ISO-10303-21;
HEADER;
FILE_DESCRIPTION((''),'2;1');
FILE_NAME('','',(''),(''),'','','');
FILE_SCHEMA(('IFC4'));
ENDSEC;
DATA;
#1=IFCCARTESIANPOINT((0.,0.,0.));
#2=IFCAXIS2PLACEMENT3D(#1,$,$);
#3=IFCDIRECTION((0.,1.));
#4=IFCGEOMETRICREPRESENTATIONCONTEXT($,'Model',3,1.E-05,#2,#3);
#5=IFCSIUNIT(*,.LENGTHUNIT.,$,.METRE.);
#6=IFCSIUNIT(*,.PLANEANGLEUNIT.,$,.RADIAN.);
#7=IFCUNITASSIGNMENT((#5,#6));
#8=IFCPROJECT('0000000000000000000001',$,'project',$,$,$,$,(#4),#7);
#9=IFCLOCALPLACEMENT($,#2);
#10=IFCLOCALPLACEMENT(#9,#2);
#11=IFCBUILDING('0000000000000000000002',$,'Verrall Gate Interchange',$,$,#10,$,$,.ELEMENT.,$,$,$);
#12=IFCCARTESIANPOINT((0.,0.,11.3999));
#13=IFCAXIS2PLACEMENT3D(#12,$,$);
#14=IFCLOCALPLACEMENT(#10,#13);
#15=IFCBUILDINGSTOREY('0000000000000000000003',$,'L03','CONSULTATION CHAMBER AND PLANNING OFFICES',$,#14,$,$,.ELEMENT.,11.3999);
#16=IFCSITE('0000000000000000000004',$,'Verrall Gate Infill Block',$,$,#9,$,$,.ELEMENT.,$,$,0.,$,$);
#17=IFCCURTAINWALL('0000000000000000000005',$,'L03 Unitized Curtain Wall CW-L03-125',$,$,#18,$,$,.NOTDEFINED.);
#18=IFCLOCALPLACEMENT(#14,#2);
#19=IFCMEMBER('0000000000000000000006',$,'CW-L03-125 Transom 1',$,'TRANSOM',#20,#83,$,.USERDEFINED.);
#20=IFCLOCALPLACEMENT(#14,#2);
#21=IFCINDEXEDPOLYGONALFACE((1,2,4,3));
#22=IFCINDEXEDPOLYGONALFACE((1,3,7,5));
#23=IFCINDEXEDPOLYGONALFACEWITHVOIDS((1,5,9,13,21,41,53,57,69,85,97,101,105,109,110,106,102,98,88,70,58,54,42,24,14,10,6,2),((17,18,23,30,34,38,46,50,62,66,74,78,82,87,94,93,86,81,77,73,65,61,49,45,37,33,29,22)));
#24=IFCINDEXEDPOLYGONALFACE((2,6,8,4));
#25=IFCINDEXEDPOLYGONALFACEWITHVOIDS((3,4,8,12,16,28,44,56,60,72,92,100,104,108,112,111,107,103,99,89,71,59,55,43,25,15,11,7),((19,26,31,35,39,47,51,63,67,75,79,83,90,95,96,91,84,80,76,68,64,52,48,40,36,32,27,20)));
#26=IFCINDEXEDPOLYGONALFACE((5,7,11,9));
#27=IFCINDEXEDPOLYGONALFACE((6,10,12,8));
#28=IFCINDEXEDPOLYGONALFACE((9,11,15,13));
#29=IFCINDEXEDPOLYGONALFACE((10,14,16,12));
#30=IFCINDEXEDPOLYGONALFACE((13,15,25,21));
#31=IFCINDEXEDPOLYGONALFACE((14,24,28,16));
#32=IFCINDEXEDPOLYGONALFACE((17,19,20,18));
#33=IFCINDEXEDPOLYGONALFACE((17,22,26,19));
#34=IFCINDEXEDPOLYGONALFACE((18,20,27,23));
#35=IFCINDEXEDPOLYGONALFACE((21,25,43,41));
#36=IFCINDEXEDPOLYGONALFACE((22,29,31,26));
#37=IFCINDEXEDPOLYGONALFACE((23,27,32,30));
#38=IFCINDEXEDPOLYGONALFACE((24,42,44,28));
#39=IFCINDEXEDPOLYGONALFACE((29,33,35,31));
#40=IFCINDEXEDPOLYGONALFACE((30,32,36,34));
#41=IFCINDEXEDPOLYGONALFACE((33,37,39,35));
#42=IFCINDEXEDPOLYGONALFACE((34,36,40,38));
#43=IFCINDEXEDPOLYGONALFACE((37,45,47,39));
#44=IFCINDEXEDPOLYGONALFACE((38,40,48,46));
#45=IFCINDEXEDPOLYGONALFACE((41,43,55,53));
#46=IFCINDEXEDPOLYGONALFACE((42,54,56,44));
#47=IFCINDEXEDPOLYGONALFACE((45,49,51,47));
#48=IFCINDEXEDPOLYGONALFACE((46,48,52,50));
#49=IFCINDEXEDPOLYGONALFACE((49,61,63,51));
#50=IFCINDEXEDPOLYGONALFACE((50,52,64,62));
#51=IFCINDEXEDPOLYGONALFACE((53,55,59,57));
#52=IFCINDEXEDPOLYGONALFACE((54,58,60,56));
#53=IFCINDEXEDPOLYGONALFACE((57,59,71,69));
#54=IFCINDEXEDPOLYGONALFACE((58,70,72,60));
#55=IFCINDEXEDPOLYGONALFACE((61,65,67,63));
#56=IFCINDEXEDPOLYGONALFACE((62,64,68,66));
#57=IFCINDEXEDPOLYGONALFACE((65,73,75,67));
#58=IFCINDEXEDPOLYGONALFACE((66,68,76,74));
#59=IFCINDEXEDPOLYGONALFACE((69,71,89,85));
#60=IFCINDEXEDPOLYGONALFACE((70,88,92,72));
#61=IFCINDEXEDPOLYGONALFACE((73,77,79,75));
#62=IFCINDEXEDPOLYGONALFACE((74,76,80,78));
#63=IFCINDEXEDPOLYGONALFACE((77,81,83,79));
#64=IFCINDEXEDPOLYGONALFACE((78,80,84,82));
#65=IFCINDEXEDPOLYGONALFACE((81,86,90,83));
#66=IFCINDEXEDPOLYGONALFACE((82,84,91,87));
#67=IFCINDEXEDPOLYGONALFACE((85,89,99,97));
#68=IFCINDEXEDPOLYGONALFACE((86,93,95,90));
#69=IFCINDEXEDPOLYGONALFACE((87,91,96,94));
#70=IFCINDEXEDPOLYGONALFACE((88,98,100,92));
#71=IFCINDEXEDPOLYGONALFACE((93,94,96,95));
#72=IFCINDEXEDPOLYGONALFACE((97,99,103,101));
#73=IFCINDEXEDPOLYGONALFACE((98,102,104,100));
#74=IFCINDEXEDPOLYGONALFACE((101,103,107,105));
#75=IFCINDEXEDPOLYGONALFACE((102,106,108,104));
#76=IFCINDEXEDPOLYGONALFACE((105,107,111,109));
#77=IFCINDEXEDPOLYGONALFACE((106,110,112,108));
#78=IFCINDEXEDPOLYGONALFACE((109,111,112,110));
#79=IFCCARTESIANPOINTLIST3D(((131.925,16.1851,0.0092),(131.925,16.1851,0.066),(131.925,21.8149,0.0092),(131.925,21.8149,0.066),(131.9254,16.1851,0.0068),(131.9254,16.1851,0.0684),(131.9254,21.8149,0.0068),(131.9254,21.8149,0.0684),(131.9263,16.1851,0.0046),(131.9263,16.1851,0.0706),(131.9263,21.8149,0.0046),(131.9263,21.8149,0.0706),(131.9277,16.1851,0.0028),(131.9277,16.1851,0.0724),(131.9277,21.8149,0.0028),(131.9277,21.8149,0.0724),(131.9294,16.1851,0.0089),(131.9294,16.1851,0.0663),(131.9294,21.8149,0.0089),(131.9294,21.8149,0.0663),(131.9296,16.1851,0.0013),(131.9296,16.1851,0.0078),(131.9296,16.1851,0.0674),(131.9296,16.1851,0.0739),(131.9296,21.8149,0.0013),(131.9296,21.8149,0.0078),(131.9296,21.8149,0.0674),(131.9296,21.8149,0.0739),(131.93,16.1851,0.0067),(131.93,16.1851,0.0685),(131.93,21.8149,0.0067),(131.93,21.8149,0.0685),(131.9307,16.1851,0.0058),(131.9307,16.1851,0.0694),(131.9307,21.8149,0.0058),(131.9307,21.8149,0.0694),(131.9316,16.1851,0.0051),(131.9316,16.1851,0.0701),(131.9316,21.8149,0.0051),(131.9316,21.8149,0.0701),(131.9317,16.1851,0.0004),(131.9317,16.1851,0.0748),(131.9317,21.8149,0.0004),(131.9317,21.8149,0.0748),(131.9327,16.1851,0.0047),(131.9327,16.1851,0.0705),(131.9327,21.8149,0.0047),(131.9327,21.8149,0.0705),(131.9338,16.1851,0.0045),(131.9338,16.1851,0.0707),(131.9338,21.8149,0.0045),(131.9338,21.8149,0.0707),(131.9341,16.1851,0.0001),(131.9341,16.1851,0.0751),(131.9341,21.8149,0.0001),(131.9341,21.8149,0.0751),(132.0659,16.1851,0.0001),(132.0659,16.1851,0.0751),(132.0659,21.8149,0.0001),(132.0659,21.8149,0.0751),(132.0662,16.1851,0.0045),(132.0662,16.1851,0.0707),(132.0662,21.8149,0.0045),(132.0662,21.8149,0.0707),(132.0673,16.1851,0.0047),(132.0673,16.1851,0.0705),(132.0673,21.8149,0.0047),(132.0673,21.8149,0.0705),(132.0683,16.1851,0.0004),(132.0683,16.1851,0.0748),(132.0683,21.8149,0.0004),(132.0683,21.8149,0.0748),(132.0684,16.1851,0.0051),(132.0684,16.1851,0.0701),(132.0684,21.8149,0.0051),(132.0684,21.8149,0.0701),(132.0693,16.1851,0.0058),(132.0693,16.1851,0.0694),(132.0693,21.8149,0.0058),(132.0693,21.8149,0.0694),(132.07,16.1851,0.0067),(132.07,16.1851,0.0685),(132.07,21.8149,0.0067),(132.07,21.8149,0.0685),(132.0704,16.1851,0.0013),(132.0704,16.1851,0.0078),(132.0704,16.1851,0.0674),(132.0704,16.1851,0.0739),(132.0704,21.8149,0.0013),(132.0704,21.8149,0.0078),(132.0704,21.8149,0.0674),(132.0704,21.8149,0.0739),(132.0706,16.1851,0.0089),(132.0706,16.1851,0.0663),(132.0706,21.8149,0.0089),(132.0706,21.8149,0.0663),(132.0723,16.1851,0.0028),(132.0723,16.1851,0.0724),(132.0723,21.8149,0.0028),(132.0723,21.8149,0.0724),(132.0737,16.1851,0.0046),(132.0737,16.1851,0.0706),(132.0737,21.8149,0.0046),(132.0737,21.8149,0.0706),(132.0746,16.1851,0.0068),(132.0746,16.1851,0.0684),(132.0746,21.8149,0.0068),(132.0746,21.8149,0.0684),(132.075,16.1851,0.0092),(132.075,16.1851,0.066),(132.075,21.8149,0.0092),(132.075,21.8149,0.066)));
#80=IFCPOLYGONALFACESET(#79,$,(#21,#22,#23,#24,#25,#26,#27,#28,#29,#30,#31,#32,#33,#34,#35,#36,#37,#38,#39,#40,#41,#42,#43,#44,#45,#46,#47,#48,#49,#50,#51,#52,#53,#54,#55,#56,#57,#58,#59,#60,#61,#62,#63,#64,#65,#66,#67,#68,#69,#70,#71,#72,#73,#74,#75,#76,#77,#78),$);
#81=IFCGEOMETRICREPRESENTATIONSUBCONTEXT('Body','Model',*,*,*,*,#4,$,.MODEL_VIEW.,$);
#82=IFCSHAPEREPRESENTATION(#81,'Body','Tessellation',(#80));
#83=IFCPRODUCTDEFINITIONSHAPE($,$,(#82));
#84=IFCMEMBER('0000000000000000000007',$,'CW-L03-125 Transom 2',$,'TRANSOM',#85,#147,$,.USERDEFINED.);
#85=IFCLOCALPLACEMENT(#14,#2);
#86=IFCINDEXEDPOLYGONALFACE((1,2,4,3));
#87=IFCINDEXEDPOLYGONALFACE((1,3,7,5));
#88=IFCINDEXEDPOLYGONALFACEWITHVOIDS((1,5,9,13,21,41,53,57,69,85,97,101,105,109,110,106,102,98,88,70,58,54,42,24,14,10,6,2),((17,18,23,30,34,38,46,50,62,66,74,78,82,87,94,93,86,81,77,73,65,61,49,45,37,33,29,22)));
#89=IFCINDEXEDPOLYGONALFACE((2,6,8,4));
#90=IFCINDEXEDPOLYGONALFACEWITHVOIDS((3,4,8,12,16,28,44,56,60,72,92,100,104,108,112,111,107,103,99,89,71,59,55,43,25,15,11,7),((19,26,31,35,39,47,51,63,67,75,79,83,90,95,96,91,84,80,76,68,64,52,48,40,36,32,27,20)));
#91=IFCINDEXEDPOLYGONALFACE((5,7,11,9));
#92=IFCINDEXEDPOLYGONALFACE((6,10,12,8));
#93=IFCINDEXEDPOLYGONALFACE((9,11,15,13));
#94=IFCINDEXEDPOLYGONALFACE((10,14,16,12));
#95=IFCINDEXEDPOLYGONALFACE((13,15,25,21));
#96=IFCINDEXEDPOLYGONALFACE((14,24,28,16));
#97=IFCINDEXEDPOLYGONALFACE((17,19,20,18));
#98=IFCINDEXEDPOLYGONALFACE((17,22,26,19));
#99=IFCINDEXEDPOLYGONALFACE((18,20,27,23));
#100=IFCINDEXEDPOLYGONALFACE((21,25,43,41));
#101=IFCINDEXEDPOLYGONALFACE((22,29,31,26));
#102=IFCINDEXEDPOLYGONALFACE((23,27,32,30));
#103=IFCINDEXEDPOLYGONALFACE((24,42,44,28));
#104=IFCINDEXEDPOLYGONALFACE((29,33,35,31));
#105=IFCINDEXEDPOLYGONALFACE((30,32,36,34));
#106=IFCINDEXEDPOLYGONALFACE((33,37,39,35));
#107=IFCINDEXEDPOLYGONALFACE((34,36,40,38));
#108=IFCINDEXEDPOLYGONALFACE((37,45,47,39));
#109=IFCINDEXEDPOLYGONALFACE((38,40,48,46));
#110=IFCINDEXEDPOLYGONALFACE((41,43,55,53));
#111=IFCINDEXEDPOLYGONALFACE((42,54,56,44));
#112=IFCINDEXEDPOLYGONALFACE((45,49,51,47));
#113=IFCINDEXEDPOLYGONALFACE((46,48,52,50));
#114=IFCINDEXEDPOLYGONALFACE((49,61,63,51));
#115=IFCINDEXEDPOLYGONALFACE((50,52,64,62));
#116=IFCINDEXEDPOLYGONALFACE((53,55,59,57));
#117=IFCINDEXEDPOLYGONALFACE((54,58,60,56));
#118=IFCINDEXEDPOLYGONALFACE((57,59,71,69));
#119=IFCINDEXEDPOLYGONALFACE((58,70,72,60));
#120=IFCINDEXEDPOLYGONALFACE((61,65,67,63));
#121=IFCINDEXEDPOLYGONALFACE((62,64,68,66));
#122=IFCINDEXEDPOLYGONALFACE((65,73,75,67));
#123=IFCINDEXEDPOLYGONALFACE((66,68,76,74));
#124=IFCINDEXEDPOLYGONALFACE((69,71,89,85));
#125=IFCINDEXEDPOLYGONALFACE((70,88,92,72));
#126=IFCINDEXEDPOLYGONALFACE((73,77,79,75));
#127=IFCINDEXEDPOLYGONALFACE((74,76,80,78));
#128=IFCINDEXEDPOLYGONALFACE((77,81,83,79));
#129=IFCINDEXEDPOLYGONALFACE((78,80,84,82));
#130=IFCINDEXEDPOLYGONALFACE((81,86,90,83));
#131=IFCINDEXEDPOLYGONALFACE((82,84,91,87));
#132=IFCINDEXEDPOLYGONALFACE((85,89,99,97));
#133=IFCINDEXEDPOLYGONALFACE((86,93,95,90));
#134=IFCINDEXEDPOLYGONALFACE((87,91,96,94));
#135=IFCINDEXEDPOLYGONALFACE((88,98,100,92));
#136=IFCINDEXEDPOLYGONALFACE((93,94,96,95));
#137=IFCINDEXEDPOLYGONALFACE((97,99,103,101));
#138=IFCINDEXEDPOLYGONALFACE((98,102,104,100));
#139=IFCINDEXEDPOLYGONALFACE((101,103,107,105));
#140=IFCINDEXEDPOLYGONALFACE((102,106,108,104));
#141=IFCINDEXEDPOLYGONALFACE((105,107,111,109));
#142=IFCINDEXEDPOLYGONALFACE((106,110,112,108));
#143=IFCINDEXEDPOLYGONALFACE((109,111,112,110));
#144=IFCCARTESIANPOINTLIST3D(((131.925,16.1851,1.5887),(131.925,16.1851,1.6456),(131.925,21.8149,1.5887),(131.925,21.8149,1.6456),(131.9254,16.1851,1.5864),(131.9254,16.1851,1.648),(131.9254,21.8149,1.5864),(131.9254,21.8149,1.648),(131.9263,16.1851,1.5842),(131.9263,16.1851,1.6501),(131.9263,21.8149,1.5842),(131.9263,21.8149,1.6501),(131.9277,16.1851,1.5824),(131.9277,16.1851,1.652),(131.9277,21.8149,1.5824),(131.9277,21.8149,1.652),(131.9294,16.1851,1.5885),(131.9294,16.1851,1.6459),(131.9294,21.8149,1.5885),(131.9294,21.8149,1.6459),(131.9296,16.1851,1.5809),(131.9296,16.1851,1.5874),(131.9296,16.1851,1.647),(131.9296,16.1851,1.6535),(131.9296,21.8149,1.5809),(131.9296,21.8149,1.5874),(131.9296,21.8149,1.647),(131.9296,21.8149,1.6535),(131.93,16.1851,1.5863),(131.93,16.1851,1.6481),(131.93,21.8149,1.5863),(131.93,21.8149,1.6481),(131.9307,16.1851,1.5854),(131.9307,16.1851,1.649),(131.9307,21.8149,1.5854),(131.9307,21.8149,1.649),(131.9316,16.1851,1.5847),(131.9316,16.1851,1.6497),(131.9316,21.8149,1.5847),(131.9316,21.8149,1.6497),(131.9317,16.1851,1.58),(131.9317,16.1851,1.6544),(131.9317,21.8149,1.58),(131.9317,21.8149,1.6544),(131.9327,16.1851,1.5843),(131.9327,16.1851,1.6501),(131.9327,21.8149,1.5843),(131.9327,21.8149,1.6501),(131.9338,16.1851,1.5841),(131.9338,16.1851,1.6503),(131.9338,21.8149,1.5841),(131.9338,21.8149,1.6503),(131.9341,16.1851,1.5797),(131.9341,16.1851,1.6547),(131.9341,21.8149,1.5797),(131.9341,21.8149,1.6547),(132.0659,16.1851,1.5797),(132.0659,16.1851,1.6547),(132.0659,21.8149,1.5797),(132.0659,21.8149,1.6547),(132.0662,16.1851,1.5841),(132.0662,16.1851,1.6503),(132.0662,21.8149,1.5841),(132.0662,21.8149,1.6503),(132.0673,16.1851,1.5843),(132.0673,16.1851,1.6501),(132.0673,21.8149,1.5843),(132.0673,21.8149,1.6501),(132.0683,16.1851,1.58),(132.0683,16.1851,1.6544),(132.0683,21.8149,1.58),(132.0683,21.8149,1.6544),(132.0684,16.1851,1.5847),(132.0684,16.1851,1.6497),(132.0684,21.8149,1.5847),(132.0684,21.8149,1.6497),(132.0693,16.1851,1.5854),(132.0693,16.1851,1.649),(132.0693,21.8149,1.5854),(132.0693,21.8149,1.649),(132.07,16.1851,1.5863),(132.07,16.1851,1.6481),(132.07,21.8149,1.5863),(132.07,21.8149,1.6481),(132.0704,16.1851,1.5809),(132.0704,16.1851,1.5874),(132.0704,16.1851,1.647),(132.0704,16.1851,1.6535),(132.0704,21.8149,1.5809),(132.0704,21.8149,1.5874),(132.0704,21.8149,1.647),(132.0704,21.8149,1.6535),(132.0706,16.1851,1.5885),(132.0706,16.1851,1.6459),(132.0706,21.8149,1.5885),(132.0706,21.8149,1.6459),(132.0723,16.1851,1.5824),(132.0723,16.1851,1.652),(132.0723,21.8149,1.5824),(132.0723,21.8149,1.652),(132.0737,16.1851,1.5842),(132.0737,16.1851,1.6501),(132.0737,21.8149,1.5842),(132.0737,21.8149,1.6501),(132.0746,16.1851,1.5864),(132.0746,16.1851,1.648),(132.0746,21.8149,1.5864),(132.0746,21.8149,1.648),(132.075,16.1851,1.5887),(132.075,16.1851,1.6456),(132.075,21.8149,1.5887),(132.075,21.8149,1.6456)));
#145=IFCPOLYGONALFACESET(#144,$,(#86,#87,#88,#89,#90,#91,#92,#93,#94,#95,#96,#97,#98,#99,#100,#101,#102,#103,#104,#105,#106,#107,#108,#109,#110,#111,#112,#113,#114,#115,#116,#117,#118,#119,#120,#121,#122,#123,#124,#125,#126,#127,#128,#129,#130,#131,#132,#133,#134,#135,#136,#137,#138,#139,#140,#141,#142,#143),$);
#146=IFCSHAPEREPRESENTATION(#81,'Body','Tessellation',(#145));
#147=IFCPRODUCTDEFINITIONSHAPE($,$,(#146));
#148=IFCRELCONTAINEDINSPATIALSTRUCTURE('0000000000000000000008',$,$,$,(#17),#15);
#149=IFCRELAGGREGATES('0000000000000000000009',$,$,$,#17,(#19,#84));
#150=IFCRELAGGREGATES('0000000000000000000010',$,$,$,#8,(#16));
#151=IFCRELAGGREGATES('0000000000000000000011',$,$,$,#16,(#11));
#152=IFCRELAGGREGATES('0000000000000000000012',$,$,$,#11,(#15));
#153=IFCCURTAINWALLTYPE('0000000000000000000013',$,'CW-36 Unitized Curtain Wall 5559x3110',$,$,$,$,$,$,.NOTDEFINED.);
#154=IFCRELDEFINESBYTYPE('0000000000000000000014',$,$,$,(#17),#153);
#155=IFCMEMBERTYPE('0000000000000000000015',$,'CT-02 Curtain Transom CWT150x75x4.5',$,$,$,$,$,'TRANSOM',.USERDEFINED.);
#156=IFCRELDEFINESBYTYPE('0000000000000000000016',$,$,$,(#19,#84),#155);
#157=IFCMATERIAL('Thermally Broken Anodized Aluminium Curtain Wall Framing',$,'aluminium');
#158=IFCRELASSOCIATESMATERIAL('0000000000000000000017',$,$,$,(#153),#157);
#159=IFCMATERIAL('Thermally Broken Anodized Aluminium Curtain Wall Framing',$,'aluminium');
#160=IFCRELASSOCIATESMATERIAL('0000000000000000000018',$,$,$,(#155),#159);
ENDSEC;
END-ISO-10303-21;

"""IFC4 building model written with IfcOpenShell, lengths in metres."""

from ifc_helpers import new_model, si_unit, direction, frame, origin, origin_2d, place, context, subcontext, project, spatial, hollow_rectangle, extrude, material, material_profile, profile_set, type_object, element, aggregate, save


model = new_model("IFC4")

# Units and contexts
model_context = context("Model", 3, precision=1e-05, world=origin(), true_north=direction((0.0, 1.0)))
body_context = subcontext(model_context, "Body", "Model", "MODEL_VIEW")
ifc_project = project(units=[si_unit("LENGTHUNIT", "METRE"), si_unit("PLANEANGLEUNIT", "RADIAN")], contexts=[model_context])

# Site, building, storey
site_placement = place(None, origin())
site = spatial("IfcSite", under=ifc_project, at=site_placement, Name="Verrall Gate Infill Block", CompositionType="ELEMENT", RefElevation=0.0)
building_placement = place(site_placement, origin())
building = spatial("IfcBuilding", under=site, at=building_placement, Name="Verrall Gate Interchange", CompositionType="ELEMENT")
storey_placement = place(building_placement, frame((0.0, 0.0, 11.3999)))
storey = spatial("IfcBuildingStorey", under=building, at=storey_placement, Name="L03", Description="CONSULTATION CHAMBER AND PLANNING OFFICES", CompositionType="ELEMENT", Elevation=11.3999)

# Curtain wall
ifc_material_1 = material(Name="Thermally Broken Anodized Aluminium Curtain Wall Framing", Category="aluminium")
curtain_wall_type_1 = type_object("IfcCurtainWallType", Name="CW-36 Unitized Curtain Wall 5559x3110", PredefinedType="NOTDEFINED", material=ifc_material_1)
curtain_wall_1_placement = place(storey_placement, origin())
curtain_wall_1 = element("IfcCurtainWall", 1, at=curtain_wall_1_placement, inside=storey, type_object=curtain_wall_type_1, Name="L03 Unitized Curtain Wall CW-L03-125", PredefinedType="NOTDEFINED")

# Members
ifc_material_2 = material(Name="Thermally Broken Anodized Aluminium Curtain Wall Framing", Category="aluminium")
ifc_material_profile_1 = material_profile(ifc_material_2, hollow_rectangle(XDim=0.1499, YDim=0.075, WallThickness=0.0044, InnerFilletRadius=0.0044, OuterFilletRadius=0.009, at=origin_2d()), Name="CWT150x75x4.5")
ifc_profile_set_1 = profile_set([ifc_material_profile_1], Name="Thermally Broken Anodized Aluminium Curtain Wall Framing")
member_type_1 = type_object("IfcMemberType", Name="CT-02 Curtain Transom CWT150x75x4.5", ElementType="TRANSOM", PredefinedType="USERDEFINED", material=ifc_profile_set_1)
member_1_placement = place(storey_placement, frame((132.0, 21.8149, 0.0376), z_axis=(0.0, -1.0, 0.0), x_axis=(1.0, 0.0, 0.0)))
member_1 = element("IfcMember", 2, at=member_1_placement, type_object=member_type_1, Name="CW-L03-125 Transom 1", ObjectType="TRANSOM", PredefinedType="USERDEFINED", context=body_context, shape_type="SweptSolid", body=[
    extrude(hollow_rectangle(XDim=0.1499, YDim=0.075, WallThickness=0.0044, InnerFilletRadius=0.0044, OuterFilletRadius=0.009, at=origin_2d()), origin(), (0.0, 0.0, 1.0), 5.6299),
])
member_2_placement = place(storey_placement, frame((132.0, 21.8149, 1.6172), z_axis=(0.0, -1.0, 0.0), x_axis=(1.0, 0.0, 0.0)))
member_2 = element("IfcMember", 3, at=member_2_placement, type_object=member_type_1, Name="CW-L03-125 Transom 2", ObjectType="TRANSOM", PredefinedType="USERDEFINED", context=body_context, shape_type="SweptSolid", body=[
    extrude(hollow_rectangle(XDim=0.1499, YDim=0.075, WallThickness=0.0044, InnerFilletRadius=0.0044, OuterFilletRadius=0.009, at=origin_2d()), origin(), (0.0, 0.0, 1.0), 5.6299),
])

aggregate(curtain_wall_1, [member_1, member_2])

save(model, "model.ifc")
